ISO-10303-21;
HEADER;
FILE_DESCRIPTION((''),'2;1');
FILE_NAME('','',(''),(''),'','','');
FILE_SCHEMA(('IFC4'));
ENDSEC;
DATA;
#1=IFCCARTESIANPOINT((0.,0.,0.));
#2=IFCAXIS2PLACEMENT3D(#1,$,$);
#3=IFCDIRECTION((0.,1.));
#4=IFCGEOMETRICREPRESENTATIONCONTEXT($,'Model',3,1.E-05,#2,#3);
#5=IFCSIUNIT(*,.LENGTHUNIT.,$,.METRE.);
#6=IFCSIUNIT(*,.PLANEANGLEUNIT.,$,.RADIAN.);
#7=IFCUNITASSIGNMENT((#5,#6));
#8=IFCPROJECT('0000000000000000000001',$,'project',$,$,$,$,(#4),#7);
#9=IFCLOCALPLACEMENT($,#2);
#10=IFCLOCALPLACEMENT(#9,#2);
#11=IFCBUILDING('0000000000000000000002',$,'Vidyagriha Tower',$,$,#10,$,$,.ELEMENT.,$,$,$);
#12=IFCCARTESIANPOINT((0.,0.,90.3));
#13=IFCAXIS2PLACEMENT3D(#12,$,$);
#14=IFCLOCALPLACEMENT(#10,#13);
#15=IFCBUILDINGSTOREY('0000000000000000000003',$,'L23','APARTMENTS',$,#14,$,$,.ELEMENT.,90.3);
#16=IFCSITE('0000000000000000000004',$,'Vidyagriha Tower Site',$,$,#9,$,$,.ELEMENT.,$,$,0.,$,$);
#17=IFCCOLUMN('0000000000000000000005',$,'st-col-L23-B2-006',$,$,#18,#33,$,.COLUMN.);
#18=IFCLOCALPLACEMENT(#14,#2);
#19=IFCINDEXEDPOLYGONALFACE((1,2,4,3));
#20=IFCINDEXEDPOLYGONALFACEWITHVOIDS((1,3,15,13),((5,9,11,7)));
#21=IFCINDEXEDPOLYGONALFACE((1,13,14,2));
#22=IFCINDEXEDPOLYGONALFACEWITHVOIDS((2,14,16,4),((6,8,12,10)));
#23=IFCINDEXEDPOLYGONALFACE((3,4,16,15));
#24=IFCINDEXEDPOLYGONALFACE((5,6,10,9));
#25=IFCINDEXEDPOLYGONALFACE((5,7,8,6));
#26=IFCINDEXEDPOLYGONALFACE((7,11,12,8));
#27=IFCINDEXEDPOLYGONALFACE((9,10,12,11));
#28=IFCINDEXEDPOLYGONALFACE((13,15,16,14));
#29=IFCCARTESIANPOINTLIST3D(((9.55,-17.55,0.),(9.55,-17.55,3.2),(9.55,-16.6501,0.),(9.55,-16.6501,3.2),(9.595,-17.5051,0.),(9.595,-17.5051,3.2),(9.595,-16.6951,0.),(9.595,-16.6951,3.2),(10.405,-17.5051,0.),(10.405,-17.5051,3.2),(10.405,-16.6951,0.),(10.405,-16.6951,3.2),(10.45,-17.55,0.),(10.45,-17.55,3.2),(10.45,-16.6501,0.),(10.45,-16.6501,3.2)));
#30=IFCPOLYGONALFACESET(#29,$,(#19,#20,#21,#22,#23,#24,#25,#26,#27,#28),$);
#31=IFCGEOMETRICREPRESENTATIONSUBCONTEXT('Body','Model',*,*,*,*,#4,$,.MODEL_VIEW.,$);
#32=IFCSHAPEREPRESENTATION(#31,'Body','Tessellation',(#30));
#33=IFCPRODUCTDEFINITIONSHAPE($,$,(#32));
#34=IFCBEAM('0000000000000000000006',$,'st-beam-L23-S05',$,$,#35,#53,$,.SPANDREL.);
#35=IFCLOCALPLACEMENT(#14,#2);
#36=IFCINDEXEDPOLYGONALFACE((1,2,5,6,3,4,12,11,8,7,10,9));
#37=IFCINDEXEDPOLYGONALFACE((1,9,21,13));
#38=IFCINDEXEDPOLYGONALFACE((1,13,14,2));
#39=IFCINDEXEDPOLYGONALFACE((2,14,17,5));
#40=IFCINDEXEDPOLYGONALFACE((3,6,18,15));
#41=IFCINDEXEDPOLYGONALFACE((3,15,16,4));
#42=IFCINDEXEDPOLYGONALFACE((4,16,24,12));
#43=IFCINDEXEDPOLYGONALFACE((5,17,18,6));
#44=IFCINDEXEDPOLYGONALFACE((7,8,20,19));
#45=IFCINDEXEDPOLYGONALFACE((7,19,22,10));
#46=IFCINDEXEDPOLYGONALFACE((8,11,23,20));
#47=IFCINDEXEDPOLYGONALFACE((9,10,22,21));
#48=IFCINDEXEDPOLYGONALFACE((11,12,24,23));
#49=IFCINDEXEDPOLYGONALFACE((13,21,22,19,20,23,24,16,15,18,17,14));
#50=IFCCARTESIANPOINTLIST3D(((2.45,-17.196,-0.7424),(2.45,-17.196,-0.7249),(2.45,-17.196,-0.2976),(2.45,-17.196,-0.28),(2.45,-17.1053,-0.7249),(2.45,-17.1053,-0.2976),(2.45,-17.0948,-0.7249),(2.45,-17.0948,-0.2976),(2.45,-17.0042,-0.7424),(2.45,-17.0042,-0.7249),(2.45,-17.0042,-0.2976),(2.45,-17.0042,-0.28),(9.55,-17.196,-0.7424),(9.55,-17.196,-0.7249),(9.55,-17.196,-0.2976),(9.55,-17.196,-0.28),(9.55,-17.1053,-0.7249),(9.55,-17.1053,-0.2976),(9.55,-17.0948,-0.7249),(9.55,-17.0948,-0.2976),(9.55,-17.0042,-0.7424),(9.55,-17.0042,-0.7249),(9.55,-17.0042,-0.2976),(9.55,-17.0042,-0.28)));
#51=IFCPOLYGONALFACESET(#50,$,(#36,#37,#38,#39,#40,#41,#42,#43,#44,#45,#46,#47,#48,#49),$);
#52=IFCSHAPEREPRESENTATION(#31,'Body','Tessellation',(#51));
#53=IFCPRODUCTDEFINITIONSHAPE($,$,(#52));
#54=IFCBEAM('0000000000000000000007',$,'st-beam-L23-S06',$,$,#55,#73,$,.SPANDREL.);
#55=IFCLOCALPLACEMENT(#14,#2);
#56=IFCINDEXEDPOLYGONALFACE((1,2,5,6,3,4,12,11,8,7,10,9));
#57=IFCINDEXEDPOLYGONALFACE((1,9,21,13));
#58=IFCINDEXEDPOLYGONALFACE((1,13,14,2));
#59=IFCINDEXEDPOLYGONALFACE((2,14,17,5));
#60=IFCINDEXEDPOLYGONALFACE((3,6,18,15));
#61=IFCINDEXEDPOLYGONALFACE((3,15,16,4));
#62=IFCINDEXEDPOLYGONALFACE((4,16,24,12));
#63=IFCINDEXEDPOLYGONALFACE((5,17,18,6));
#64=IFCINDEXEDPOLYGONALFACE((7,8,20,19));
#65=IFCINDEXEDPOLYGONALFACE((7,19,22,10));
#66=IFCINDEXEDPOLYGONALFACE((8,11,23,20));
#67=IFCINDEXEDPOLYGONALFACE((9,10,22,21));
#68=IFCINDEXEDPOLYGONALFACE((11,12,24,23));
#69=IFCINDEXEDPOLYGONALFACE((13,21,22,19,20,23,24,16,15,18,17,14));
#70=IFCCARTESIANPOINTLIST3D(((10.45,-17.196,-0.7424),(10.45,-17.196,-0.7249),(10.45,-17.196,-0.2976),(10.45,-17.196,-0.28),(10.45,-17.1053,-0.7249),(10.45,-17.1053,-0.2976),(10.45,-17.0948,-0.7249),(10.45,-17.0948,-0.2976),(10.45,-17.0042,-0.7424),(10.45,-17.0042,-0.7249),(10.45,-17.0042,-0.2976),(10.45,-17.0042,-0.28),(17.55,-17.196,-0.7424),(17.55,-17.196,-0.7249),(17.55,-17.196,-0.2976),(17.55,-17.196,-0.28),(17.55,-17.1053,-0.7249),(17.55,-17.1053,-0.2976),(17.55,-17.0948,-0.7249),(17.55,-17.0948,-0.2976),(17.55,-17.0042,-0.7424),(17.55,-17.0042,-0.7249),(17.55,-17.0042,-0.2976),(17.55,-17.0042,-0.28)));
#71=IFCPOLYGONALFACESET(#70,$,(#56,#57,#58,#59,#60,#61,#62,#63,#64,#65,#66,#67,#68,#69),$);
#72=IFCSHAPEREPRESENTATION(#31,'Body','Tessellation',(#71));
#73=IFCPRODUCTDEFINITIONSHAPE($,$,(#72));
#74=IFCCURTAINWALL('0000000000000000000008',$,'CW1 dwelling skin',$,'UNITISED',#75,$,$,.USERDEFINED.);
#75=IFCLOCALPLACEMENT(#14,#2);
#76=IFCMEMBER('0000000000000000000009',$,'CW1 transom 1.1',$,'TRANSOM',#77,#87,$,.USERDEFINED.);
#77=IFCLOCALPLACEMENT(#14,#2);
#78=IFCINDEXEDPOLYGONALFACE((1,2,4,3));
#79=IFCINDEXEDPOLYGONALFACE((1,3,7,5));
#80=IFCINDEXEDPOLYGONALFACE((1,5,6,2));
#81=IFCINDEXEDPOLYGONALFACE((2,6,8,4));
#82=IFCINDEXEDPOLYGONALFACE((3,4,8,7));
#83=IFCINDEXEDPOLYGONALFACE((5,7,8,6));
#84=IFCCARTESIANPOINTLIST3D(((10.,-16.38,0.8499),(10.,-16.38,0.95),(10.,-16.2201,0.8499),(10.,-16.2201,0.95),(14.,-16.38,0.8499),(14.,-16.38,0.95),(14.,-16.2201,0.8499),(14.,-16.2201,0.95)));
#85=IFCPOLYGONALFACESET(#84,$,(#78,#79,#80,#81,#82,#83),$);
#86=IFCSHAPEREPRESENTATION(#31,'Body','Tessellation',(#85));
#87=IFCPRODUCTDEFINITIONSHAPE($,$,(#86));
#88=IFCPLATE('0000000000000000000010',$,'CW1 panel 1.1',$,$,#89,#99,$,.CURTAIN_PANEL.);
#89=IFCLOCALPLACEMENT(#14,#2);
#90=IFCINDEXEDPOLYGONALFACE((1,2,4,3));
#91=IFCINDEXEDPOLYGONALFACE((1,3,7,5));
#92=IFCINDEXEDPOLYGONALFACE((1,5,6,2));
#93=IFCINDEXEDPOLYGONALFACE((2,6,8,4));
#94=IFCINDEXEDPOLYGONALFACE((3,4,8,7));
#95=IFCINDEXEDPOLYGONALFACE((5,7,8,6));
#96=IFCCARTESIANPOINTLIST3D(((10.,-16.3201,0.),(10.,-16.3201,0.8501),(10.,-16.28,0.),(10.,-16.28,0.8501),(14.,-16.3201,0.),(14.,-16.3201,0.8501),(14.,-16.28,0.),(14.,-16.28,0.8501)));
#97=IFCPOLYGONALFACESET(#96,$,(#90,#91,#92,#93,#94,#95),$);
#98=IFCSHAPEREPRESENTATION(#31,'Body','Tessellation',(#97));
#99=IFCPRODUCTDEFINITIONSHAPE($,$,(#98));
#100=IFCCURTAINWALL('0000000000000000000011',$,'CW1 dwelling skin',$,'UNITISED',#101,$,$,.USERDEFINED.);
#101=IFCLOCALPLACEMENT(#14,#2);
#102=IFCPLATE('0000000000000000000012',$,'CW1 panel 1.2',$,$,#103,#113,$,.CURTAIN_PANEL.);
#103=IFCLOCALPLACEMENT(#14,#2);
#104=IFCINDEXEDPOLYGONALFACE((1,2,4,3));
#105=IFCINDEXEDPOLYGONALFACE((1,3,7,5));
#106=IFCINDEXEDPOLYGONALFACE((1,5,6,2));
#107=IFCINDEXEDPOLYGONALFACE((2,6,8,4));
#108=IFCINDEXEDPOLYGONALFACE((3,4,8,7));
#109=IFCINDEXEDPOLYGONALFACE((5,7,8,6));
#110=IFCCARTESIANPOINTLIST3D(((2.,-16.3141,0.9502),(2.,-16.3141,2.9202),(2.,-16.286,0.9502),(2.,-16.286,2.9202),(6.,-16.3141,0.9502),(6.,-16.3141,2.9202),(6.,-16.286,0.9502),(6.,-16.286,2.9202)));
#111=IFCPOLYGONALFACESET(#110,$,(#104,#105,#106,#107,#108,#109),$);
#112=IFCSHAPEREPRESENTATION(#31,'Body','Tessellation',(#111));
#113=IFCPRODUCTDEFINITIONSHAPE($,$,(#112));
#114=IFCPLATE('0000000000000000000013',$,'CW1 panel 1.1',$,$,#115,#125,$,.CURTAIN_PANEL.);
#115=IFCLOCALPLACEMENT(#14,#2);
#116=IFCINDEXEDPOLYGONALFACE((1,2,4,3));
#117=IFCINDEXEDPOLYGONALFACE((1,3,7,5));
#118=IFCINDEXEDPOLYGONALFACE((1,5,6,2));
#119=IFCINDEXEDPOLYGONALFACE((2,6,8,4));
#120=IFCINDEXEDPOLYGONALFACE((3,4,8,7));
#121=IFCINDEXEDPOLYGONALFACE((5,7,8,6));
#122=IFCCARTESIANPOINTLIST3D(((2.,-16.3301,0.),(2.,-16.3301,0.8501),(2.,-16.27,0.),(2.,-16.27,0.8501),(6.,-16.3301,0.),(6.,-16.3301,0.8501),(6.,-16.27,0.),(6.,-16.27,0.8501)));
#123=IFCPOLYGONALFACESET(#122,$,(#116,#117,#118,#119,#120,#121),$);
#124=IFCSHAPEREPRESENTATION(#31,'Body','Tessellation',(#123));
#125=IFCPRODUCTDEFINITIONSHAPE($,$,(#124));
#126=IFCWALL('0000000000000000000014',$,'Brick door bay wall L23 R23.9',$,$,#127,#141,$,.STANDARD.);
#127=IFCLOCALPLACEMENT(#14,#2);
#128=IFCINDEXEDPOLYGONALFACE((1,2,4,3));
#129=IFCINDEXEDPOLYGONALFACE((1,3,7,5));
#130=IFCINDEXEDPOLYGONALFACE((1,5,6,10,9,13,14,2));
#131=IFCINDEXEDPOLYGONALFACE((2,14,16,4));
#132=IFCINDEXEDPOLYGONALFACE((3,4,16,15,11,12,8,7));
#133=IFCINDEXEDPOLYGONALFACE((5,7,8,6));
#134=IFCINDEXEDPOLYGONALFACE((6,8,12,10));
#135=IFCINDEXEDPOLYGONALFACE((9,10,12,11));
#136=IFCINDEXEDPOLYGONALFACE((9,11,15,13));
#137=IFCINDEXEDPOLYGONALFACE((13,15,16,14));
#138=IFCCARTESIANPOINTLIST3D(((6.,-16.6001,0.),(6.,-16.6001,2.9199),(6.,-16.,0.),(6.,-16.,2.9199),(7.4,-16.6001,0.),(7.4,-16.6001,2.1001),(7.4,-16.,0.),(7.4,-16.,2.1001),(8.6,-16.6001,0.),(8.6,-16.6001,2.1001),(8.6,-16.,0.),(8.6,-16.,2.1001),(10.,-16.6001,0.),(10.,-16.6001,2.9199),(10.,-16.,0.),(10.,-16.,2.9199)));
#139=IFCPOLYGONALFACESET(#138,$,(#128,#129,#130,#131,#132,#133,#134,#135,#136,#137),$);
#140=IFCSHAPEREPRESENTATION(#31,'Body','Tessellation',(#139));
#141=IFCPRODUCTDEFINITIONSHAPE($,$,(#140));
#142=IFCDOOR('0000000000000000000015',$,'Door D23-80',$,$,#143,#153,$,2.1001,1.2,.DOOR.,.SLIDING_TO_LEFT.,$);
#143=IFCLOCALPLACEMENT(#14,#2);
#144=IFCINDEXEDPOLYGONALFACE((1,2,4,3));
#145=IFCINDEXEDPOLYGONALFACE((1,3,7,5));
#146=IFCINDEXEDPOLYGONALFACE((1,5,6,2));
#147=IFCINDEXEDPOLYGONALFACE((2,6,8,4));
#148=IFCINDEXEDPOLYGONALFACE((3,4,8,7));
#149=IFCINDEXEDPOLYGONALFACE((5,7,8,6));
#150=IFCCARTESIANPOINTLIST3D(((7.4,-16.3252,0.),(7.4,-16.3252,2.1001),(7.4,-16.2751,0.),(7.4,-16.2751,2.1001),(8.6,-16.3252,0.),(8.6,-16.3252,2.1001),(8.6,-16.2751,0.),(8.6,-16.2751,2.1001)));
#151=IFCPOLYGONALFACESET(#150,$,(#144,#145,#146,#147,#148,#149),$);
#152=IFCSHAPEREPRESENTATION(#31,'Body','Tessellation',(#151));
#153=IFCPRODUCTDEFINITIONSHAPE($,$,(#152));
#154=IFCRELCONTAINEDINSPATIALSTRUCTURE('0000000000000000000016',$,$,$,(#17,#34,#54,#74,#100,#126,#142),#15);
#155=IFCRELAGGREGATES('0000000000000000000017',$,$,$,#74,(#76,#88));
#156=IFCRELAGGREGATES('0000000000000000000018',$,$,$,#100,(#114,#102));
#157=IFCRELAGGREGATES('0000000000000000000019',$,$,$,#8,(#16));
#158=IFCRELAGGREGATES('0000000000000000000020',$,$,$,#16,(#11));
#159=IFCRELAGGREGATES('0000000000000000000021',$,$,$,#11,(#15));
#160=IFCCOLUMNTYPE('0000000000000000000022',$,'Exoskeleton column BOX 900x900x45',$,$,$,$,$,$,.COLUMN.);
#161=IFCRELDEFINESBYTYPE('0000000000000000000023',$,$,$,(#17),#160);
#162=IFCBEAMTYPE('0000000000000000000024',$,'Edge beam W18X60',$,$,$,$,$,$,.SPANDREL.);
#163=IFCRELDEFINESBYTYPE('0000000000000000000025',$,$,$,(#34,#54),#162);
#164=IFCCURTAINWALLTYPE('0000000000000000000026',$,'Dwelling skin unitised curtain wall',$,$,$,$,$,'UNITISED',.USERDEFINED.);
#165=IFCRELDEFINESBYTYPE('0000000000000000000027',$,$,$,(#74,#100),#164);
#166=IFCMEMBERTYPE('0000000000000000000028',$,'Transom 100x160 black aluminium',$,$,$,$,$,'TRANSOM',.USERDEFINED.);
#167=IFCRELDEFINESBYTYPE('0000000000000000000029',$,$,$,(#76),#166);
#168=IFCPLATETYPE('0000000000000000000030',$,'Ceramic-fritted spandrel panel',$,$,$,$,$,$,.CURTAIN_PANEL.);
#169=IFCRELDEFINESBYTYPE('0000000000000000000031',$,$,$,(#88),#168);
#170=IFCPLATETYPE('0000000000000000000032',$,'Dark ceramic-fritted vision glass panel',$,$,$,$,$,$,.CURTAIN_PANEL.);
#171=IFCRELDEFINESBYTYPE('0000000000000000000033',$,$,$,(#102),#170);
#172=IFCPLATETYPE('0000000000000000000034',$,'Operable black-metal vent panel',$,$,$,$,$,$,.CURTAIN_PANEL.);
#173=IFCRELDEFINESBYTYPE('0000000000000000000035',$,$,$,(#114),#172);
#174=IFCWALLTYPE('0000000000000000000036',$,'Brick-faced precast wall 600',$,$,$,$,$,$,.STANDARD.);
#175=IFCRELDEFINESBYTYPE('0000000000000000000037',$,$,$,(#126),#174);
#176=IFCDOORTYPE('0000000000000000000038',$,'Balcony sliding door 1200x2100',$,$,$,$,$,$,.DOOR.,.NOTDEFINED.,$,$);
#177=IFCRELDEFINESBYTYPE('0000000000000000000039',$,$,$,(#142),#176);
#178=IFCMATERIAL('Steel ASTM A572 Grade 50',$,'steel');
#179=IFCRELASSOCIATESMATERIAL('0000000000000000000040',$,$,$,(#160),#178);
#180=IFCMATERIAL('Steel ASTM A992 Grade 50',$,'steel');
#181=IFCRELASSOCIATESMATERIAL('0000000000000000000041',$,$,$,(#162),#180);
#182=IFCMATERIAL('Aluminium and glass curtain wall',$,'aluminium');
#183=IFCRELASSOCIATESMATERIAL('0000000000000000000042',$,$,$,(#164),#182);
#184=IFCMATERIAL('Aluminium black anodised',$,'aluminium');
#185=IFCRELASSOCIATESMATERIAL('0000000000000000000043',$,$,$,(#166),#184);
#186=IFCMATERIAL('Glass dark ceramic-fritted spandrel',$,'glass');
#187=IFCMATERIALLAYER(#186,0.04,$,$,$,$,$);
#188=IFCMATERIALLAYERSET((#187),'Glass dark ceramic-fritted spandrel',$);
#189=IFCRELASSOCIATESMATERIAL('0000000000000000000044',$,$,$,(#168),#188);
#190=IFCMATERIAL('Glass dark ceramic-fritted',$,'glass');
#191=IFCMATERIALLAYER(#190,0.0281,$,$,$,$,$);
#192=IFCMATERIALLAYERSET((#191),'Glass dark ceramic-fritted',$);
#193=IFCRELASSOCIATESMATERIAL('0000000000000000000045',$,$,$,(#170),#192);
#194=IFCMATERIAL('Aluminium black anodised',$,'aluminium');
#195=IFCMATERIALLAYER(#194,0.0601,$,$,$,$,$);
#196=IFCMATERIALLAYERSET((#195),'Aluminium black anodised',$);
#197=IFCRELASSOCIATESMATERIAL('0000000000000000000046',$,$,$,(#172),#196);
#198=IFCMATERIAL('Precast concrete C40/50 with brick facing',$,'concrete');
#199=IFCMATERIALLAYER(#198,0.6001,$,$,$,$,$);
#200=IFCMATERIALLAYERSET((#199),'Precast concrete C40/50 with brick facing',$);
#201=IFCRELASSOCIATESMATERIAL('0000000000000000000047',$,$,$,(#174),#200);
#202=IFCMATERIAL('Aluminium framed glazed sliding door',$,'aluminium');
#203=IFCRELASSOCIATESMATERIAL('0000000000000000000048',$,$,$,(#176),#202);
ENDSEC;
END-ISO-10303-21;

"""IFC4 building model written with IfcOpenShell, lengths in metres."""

from ifc_helpers import new_model, si_unit, direction, frame, frame_2d, origin, origin_2d, place, context, subcontext, project, spatial, rectangle, hollow_rectangle, i_section, extrude, material, layer, layer_set, material_profile, profile_set, type_object, element, fill, aggregate, save


model = new_model("IFC4")

# Units and contexts
model_context = context("Model", 3, precision=1e-05, world=origin(), true_north=direction((0.0, 1.0)))
body_context = subcontext(model_context, "Body", "Model", "MODEL_VIEW")
ifc_project = project(units=[si_unit("LENGTHUNIT", "METRE"), si_unit("PLANEANGLEUNIT", "RADIAN")], contexts=[model_context])

# Site, building, storey
site_placement = place(None, origin())
site = spatial("IfcSite", under=ifc_project, at=site_placement, Name="Vidyagriha Tower Site", CompositionType="ELEMENT", RefElevation=0.0)
building_placement = place(site_placement, origin())
building = spatial("IfcBuilding", under=site, at=building_placement, Name="Vidyagriha Tower", CompositionType="ELEMENT")
storey_placement = place(building_placement, frame((0.0, 0.0, 90.3)))
storey = spatial("IfcBuildingStorey", under=building, at=storey_placement, Name="L23", Description="APARTMENTS", CompositionType="ELEMENT", Elevation=90.3)

# Column
ifc_material_1 = material(Name="Steel ASTM A572 Grade 50", Category="steel")
ifc_material_profile_1 = material_profile(ifc_material_1, hollow_rectangle(XDim=0.8999, YDim=0.8999, WallThickness=0.0449, at=origin_2d()), Name="BOX 900x900x45")
ifc_profile_set_1 = profile_set([ifc_material_profile_1], Name="Steel ASTM A572 Grade 50")
column_type = type_object("IfcColumnType", Name="Exoskeleton column BOX 900x900x45", PredefinedType="COLUMN", material=ifc_profile_set_1)
column_placement = place(storey_placement, frame((10.0, -17.1001, 0.0)))
element("IfcColumn", 1, at=column_placement, inside=storey, type_object=column_type, Name="st-col-L23-B2-006", PredefinedType="COLUMN", context=body_context, shape_type="SweptSolid", body=[
    extrude(hollow_rectangle(XDim=0.8999, YDim=0.8999, WallThickness=0.0449, at=origin_2d()), origin(), (0.0, 0.0, 1.0), 3.2),
])

# Beams
ifc_material_2 = material(Name="Steel ASTM A992 Grade 50", Category="steel")
ifc_material_profile_2 = material_profile(ifc_material_2, i_section(OverallWidth=0.1919, OverallDepth=0.4624, WebThickness=0.0105, FlangeThickness=0.0176, at=origin_2d()), Name="W18X60")
ifc_profile_set_2 = profile_set([ifc_material_profile_2], Name="Steel ASTM A992 Grade 50")
beam_type = type_object("IfcBeamType", Name="Edge beam W18X60", PredefinedType="SPANDREL", material=ifc_profile_set_2)
for number, where, z_axis, x_axis, name in (
    (2, (2.45, -17.1001, -0.5112), (1.0, 0.0, 0.0), (0.0, 1.0, 0.0), "st-beam-L23-S05"),
    (3, (10.45, -17.1001, -0.5112), (1.0, 0.0, 0.0), (0.0, 1.0, 0.0), "st-beam-L23-S06"),
):
    element("IfcBeam", number, at=place(storey_placement, frame(where, z_axis=z_axis, x_axis=x_axis)), inside=storey, type_object=beam_type, Name=name, PredefinedType="SPANDREL", context=body_context, shape_type="SweptSolid", body=[
        extrude(i_section(OverallWidth=0.1919, OverallDepth=0.4624, WebThickness=0.0105, FlangeThickness=0.0176, at=origin_2d()), origin(), (0.0, 0.0, 1.0), 7.1001),
    ])

# Curtain wall, member, plate
ifc_material_3 = material(Name="Aluminium and glass curtain wall", Category="aluminium")
curtain_wall_type = type_object("IfcCurtainWallType", Name="Dwelling skin unitised curtain wall", ElementType="UNITISED", PredefinedType="USERDEFINED", material=ifc_material_3)
curtain_wall_1_placement = place(storey_placement, origin())
curtain_wall_1 = element("IfcCurtainWall", 4, at=curtain_wall_1_placement, inside=storey, type_object=curtain_wall_type, Name="CW1 dwelling skin", ObjectType="UNITISED", PredefinedType="USERDEFINED")
ifc_material_4 = material(Name="Aluminium black anodised", Category="aluminium")
ifc_material_profile_3 = material_profile(ifc_material_4, rectangle(XDim=0.1599, YDim=0.1001, at=origin_2d()), Name="Transom 100x160 black aluminium")
ifc_profile_set_3 = profile_set([ifc_material_profile_3], Name="Aluminium black anodised")
member_type = type_object("IfcMemberType", Name="Transom 100x160 black aluminium", ElementType="TRANSOM", PredefinedType="USERDEFINED", material=ifc_profile_set_3)
member_placement = place(storey_placement, frame((10.0, -16.3, 0.8999), z_axis=(1.0, 0.0, 0.0), x_axis=(0.0, 1.0, 0.0)))
member = element("IfcMember", 5, at=member_placement, type_object=member_type, Name="CW1 transom 1.1", ObjectType="TRANSOM", PredefinedType="USERDEFINED", context=body_context, shape_type="SweptSolid", body=[
    extrude(rectangle(XDim=0.1599, YDim=0.1001, at=origin_2d()), origin(), (0.0, 0.0, 1.0), 4.0),
])
ifc_material_5 = material(Name="Glass dark ceramic-fritted spandrel", Category="glass")
ifc_layer_1 = layer(ifc_material_5, 0.04)
ifc_layer_set_1 = layer_set([ifc_layer_1], Name="Glass dark ceramic-fritted spandrel")
plate_type_1 = type_object("IfcPlateType", Name="Ceramic-fritted spandrel panel", PredefinedType="CURTAIN_PANEL", material=ifc_layer_set_1)
plate_1_placement = place(storey_placement, frame((12.0, -16.3, 0.0)))
plate_1 = element("IfcPlate", 6, at=plate_1_placement, type_object=plate_type_1, Name="CW1 panel 1.1", PredefinedType="CURTAIN_PANEL", context=body_context, shape_type="SweptSolid", body=[
    extrude(rectangle(XDim=4.0, YDim=0.04, at=origin_2d()), origin(), (0.0, 0.0, 1.0), 0.8501),
])
aggregate(curtain_wall_1, [member, plate_1])

# Curtain wall, plates
curtain_wall_2_placement = place(storey_placement, origin())
curtain_wall_2 = element("IfcCurtainWall", 7, at=curtain_wall_2_placement, inside=storey, type_object=curtain_wall_type, Name="CW1 dwelling skin", ObjectType="UNITISED", PredefinedType="USERDEFINED")
ifc_material_6 = material(Name="Glass dark ceramic-fritted", Category="glass")
ifc_layer_2 = layer(ifc_material_6, 0.0281)
ifc_layer_set_2 = layer_set([ifc_layer_2], Name="Glass dark ceramic-fritted")
plate_type_2 = type_object("IfcPlateType", Name="Dark ceramic-fritted vision glass panel", PredefinedType="CURTAIN_PANEL", material=ifc_layer_set_2)
plate_2_placement = place(storey_placement, frame((4.0, -16.3, 0.9502)))
plate_2 = element("IfcPlate", 8, at=plate_2_placement, type_object=plate_type_2, Name="CW1 panel 1.2", PredefinedType="CURTAIN_PANEL", context=body_context, shape_type="SweptSolid", body=[
    extrude(rectangle(XDim=4.0, YDim=0.0281, at=origin_2d()), origin(), (0.0, 0.0, 1.0), 1.97),
])
ifc_material_7 = material(Name="Aluminium black anodised", Category="aluminium")
ifc_layer_3 = layer(ifc_material_7, 0.0601)
ifc_layer_set_3 = layer_set([ifc_layer_3], Name="Aluminium black anodised")
plate_type_3 = type_object("IfcPlateType", Name="Operable black-metal vent panel", PredefinedType="CURTAIN_PANEL", material=ifc_layer_set_3)
plate_3_placement = place(storey_placement, frame((4.0, -16.3, 0.0)))
plate_3 = element("IfcPlate", 9, at=plate_3_placement, type_object=plate_type_3, Name="CW1 panel 1.1", PredefinedType="CURTAIN_PANEL", context=body_context, shape_type="SweptSolid", body=[
    extrude(rectangle(XDim=4.0, YDim=0.0601, at=origin_2d()), origin(), (0.0, 0.0, 1.0), 0.8501),
])
aggregate(curtain_wall_2, [plate_3, plate_2])

# Wall, opening, door
ifc_material_8 = material(Name="Precast concrete C40/50 with brick facing", Category="concrete")
ifc_layer_4 = layer(ifc_material_8, 0.6001)
ifc_layer_set_4 = layer_set([ifc_layer_4], Name="Precast concrete C40/50 with brick facing")
wall_type = type_object("IfcWallType", Name="Brick-faced precast wall 600", PredefinedType="STANDARD", material=ifc_layer_set_4)
wall_placement = place(storey_placement, frame((6.0, -16.3, 0.0)))
wall = element("IfcWall", 10, at=wall_placement, inside=storey, type_object=wall_type, Name="Brick door bay wall L23 R23.9", PredefinedType="STANDARD", context=body_context, shape_type="SweptSolid", body=[
    extrude(rectangle(XDim=4.0, YDim=0.6001, at=frame_2d((2.0, 0.0))), origin(), (0.0, 0.0, 1.0), 2.9199),
])
opening_placement = place(wall_placement, frame((1.3999, 0.0, 0.0)))
opening = element("IfcOpeningElement", 11, at=opening_placement, cuts=wall, PredefinedType="OPENING", context=body_context, shape_type="SweptSolid", body=[
    extrude(rectangle(XDim=1.2, YDim=2.1001, at=frame_2d((0.6001, 1.05))), frame((0.0, 0.3101, 0.0), z_axis=(0.0, -1.0, 0.0), x_axis=(1.0, 0.0, 0.0)), (0.0, 0.0, 1.0), 0.6201),
])
ifc_material_9 = material(Name="Aluminium framed glazed sliding door", Category="aluminium")
door_type = type_object("IfcDoorType", Name="Balcony sliding door 1200x2100", OperationType="NOTDEFINED", PredefinedType="DOOR", material=ifc_material_9)
door_placement = place(opening_placement, origin())
door = element("IfcDoor", 12, at=door_placement, inside=storey, type_object=door_type, Name="Door D23-80", OperationType="SLIDING_TO_LEFT", OverallHeight=2.1001, OverallWidth=1.2, PredefinedType="DOOR", context=body_context, shape_type="SweptSolid", body=[
    extrude(rectangle(XDim=1.2, YDim=2.1001, at=frame_2d((0.6001, 1.05))), frame((0.0, 0.0249, 0.0), z_axis=(0.0, -1.0, 0.0), x_axis=(1.0, 0.0, 0.0)), (0.0, 0.0, 1.0), 0.05),
])
fill(opening, door)

save(model, "model.ifc")
